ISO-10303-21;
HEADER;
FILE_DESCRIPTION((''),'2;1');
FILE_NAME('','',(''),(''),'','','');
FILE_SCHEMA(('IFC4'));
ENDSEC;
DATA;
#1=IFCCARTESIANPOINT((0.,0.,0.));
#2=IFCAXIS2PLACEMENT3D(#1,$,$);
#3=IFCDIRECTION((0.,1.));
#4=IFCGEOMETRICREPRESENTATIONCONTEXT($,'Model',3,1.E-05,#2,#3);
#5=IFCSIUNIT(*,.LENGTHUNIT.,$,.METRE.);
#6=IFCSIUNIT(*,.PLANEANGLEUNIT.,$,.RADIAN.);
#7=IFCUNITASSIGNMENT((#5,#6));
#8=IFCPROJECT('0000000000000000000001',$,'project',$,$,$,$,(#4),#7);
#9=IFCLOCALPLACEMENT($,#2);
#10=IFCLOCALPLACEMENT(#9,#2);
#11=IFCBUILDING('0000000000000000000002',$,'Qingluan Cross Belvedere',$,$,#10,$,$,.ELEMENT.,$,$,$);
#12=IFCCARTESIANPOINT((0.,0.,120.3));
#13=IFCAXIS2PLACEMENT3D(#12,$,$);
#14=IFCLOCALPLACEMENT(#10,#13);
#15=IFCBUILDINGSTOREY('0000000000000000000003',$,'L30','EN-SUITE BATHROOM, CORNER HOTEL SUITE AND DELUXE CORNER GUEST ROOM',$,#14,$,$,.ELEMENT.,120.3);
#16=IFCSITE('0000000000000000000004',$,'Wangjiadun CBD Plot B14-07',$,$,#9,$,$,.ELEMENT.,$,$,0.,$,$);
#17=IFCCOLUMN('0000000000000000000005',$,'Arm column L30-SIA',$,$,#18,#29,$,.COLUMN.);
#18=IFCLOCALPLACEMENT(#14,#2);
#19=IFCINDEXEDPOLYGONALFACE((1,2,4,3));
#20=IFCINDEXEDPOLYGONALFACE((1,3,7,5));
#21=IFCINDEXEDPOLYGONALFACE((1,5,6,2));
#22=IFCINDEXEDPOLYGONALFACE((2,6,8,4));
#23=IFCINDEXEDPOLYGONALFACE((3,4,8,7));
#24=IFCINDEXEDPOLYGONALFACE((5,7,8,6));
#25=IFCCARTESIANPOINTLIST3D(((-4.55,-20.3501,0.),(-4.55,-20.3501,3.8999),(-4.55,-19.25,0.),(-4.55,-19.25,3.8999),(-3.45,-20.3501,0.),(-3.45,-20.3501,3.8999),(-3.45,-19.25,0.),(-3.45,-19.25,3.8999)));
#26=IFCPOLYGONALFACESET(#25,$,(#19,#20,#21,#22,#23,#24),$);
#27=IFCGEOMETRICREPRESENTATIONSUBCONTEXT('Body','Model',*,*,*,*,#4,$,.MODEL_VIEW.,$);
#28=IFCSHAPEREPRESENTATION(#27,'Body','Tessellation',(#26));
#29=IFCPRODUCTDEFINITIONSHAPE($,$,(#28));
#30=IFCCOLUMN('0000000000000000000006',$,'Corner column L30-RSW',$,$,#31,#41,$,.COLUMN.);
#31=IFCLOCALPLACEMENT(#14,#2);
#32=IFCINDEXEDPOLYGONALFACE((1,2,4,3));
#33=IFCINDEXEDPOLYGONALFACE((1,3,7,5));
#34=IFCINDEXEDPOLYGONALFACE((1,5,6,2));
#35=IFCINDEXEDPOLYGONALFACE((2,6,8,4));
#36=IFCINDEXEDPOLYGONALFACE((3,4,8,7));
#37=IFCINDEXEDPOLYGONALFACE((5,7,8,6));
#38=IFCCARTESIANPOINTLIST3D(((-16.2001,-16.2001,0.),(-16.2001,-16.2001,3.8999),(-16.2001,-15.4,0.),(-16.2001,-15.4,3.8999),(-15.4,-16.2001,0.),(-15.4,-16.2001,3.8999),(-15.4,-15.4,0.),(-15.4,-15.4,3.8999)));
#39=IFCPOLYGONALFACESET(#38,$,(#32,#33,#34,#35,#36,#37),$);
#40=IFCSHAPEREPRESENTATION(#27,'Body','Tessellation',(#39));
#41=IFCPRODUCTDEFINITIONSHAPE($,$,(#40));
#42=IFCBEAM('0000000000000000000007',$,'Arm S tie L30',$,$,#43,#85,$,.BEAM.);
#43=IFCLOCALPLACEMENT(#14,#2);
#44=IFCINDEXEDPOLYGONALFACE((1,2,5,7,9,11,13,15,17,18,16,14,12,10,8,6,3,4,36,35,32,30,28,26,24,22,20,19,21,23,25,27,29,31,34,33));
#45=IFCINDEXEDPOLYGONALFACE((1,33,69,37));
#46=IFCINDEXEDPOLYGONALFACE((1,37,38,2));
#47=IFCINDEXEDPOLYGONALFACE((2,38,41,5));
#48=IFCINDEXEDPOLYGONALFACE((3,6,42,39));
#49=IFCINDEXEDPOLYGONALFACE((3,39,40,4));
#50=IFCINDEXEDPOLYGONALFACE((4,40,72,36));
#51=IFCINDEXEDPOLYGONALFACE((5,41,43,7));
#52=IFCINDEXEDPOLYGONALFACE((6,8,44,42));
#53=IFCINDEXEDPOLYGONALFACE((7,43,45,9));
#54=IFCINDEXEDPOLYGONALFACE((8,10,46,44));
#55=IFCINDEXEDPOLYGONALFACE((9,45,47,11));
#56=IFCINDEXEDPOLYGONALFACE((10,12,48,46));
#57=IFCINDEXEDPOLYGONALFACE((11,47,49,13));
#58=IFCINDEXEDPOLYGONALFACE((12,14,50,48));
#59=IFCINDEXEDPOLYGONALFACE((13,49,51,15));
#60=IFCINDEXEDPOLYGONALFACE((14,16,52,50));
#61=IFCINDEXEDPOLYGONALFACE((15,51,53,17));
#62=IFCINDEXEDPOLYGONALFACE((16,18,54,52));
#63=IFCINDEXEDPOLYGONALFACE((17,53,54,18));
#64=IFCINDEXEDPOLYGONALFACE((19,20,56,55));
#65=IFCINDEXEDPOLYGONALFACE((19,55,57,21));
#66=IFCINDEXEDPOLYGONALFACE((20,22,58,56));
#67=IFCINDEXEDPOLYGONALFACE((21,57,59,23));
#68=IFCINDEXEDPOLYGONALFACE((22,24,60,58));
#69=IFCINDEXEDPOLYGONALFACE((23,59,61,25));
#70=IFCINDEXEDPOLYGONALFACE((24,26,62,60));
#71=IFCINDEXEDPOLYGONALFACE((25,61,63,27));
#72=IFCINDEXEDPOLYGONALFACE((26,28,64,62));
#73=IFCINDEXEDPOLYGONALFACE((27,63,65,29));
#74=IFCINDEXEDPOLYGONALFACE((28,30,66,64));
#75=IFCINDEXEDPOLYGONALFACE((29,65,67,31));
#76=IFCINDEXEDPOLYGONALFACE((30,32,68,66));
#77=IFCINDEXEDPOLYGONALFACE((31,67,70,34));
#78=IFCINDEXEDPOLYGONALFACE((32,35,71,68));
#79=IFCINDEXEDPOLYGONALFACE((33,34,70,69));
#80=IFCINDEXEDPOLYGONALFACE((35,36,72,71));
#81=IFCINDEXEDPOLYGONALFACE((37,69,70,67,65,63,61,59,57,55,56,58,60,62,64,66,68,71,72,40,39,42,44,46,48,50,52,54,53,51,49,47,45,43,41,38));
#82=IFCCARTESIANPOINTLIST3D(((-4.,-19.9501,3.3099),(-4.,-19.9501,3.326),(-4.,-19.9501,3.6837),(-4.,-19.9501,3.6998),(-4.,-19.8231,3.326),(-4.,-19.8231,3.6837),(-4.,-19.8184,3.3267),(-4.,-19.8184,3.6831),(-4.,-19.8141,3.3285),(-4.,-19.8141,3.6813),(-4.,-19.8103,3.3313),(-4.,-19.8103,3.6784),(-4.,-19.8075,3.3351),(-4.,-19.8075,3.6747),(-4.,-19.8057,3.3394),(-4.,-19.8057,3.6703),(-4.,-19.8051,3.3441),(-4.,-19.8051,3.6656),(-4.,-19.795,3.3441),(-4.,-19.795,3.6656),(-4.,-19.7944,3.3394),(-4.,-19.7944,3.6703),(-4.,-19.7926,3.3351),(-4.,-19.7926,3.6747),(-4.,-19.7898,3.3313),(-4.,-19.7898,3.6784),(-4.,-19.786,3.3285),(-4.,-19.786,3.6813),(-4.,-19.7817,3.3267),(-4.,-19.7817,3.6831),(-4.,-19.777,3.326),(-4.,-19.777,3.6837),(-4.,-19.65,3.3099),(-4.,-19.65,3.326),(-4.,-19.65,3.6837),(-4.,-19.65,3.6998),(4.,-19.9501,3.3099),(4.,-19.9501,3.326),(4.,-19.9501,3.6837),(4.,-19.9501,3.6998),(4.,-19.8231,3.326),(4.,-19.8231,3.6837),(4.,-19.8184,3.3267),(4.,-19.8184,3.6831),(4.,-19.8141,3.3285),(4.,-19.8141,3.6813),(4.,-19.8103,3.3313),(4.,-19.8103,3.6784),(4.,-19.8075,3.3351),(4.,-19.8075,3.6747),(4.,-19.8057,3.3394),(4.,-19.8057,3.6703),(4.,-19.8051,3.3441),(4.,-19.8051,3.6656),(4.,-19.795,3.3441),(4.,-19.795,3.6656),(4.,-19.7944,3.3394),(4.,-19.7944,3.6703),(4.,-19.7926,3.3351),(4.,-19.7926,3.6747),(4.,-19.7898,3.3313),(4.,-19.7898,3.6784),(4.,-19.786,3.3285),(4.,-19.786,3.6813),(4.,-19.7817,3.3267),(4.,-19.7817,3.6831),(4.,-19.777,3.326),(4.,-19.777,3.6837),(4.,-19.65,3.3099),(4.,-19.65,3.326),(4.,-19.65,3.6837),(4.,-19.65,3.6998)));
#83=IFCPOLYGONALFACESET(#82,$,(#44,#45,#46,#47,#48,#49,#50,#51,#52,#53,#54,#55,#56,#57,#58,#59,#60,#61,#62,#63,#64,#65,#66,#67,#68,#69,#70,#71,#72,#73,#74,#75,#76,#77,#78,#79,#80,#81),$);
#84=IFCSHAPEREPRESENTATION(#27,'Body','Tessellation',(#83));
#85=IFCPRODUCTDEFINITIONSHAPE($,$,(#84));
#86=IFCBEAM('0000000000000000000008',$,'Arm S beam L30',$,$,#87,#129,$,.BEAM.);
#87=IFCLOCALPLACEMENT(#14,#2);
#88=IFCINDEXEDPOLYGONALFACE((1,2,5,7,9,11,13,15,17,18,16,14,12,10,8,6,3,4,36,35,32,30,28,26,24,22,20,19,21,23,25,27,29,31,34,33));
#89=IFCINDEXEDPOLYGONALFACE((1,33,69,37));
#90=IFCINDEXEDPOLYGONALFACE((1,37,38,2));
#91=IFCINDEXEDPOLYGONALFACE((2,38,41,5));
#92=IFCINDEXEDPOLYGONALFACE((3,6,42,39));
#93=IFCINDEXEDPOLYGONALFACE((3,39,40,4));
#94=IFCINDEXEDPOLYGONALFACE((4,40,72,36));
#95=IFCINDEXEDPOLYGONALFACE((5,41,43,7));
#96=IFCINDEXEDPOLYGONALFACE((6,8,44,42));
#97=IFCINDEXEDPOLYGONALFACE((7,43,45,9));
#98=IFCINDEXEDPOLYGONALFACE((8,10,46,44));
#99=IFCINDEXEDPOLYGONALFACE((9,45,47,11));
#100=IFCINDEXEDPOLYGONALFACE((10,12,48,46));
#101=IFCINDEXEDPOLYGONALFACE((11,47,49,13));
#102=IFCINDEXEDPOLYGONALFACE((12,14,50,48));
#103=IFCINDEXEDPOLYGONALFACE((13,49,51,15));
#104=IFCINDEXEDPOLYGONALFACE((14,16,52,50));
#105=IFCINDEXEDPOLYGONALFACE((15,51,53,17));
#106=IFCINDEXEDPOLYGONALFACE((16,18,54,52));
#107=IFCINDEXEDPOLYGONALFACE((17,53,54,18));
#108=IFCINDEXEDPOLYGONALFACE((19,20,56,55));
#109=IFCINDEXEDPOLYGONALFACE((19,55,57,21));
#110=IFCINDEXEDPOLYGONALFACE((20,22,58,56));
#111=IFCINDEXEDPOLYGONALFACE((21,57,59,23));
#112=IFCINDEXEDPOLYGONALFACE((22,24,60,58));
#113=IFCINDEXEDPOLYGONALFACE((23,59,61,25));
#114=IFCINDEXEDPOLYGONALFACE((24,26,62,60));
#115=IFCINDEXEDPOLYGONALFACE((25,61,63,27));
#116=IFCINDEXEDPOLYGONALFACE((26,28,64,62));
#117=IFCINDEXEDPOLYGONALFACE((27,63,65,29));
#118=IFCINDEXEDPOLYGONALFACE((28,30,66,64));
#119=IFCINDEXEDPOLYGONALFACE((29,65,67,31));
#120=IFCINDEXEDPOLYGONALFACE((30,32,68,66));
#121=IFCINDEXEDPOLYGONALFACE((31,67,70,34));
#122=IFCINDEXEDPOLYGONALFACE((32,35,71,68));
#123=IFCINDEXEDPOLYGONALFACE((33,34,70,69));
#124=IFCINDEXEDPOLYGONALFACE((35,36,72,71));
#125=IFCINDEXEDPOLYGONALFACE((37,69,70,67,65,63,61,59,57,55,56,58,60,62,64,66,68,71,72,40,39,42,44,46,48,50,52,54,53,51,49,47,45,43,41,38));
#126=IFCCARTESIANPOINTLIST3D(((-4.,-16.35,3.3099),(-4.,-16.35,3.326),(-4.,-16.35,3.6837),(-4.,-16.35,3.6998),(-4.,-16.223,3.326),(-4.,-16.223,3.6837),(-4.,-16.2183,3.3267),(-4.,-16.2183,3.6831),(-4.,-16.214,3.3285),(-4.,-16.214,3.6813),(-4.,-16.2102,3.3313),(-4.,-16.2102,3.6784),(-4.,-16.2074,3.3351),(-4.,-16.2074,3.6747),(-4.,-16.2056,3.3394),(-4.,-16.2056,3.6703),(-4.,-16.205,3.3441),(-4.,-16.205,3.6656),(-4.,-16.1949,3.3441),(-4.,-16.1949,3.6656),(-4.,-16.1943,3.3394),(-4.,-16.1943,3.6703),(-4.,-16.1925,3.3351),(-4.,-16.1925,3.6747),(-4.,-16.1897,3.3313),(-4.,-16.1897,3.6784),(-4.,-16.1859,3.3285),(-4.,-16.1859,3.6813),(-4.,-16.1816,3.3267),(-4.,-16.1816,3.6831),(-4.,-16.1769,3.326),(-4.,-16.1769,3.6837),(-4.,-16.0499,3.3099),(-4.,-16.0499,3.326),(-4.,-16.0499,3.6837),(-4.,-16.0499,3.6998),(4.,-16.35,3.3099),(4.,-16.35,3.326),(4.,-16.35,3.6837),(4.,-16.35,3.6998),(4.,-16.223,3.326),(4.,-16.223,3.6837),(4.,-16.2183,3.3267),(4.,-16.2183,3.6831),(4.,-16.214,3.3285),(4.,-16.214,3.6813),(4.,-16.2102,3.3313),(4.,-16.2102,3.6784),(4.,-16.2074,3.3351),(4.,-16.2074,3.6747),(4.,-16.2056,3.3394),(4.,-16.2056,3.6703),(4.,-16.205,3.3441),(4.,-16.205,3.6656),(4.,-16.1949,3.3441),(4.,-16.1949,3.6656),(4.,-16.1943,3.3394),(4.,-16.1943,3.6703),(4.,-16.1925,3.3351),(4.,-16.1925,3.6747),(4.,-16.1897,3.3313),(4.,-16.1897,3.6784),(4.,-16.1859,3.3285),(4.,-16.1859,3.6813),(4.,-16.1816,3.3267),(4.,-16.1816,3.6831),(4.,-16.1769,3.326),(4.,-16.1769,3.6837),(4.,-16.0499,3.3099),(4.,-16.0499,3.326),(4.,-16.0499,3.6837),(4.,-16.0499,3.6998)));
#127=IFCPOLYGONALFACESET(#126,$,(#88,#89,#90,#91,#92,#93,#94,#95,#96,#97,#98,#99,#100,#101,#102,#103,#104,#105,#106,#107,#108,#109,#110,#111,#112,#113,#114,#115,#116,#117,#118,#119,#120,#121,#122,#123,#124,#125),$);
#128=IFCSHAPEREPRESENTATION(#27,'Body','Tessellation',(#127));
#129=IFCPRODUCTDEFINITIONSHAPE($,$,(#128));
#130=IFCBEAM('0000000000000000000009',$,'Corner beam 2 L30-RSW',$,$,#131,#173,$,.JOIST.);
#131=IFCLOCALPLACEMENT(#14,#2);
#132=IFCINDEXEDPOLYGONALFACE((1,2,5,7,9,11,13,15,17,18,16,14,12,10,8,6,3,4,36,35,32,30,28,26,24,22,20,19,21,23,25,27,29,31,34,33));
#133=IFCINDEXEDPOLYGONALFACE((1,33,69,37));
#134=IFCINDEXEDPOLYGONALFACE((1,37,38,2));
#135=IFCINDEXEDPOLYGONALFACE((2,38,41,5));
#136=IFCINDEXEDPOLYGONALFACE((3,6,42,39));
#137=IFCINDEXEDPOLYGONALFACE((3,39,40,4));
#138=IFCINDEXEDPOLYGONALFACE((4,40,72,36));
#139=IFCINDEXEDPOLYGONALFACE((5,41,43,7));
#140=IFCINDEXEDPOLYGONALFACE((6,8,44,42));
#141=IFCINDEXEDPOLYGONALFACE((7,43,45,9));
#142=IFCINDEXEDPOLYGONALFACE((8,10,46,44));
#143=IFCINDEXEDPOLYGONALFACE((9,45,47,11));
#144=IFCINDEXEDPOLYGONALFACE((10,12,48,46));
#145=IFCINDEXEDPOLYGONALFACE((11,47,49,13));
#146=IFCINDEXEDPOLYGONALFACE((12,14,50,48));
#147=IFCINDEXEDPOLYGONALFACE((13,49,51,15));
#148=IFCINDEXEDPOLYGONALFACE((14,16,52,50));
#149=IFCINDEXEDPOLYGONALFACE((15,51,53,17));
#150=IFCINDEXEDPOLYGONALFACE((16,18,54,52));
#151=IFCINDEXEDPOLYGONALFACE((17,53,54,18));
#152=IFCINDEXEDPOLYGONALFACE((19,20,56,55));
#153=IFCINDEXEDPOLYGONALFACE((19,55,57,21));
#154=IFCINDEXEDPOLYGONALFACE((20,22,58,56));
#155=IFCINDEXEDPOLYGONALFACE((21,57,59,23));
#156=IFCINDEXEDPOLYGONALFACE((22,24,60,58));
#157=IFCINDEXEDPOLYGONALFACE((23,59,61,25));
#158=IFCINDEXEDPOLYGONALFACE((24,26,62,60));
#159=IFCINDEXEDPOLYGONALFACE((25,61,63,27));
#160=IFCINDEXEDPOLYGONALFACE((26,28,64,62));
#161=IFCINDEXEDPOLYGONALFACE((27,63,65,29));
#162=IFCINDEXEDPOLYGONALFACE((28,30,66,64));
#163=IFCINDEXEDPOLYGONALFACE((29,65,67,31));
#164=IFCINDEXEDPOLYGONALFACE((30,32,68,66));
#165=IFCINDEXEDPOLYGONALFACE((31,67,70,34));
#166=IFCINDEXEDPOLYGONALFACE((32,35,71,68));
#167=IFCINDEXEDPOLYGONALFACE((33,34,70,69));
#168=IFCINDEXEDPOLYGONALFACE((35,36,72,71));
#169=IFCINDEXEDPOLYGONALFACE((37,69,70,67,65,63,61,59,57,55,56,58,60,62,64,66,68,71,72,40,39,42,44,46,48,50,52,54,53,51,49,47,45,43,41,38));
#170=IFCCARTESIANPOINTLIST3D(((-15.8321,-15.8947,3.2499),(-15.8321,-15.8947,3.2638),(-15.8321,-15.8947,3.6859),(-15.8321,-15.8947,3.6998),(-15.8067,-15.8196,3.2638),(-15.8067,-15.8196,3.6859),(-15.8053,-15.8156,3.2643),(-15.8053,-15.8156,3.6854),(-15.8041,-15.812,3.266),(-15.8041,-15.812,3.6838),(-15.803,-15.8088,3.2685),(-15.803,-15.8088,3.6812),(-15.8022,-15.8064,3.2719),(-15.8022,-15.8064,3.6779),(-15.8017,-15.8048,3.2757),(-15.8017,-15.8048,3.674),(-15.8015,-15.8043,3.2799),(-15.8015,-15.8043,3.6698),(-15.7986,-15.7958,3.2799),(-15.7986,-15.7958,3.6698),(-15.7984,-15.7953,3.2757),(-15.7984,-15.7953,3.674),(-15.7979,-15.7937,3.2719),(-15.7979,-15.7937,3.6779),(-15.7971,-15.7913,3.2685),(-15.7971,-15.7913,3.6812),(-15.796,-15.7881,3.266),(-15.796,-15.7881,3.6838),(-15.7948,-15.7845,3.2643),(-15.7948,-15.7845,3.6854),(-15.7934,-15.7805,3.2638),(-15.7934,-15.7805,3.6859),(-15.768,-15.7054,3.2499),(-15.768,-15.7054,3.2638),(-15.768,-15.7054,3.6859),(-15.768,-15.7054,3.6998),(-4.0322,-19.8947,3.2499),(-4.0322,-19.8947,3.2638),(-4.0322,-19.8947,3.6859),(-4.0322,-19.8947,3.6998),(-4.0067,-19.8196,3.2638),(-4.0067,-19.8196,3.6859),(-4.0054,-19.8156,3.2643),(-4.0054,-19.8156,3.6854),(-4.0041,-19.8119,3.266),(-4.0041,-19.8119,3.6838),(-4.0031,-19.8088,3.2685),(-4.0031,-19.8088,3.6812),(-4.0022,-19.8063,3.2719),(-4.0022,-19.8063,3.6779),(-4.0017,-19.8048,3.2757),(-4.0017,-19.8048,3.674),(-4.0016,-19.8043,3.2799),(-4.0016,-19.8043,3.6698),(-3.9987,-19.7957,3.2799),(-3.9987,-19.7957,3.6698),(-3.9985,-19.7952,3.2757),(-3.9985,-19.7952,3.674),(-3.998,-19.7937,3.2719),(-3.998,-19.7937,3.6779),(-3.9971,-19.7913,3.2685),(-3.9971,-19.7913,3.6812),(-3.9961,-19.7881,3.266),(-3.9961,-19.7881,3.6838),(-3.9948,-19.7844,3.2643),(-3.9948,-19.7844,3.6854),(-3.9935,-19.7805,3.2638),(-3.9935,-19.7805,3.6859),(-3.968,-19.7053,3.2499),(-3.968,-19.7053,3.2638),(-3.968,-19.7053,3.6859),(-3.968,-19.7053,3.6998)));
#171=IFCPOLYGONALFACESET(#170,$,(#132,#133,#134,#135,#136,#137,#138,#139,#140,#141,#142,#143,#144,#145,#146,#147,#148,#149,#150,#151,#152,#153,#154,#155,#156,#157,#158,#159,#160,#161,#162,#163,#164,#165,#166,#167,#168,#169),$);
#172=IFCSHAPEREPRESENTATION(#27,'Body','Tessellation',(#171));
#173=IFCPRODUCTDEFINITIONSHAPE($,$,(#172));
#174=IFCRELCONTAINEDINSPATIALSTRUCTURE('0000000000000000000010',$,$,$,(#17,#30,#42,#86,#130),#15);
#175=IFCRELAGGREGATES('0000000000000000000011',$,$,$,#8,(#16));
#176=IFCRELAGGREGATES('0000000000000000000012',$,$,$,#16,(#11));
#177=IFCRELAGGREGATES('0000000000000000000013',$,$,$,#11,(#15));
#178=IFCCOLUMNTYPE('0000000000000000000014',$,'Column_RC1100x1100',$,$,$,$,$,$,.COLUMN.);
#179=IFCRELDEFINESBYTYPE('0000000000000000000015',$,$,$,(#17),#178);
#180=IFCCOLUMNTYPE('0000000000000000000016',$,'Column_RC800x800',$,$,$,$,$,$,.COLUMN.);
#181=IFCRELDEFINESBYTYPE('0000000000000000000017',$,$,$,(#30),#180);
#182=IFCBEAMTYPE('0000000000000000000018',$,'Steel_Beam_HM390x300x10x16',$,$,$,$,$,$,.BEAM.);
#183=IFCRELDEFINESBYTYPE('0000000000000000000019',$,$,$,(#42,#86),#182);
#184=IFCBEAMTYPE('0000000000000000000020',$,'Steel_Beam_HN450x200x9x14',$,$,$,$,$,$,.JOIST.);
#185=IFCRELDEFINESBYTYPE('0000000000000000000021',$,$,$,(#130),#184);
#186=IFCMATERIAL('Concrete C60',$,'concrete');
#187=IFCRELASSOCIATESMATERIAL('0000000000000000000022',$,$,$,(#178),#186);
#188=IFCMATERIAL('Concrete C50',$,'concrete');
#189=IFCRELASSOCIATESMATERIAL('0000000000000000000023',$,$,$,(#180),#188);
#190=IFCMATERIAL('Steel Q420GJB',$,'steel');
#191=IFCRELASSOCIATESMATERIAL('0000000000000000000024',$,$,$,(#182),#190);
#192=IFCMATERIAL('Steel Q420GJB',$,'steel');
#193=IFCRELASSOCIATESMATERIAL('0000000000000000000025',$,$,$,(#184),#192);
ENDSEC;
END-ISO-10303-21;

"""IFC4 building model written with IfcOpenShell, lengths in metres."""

from ifc_helpers import new_model, si_unit, direction, frame, origin, origin_2d, place, context, subcontext, project, spatial, rectangle, i_section, extrude, material, material_profile, profile_set, type_object, element, save


model = new_model("IFC4")

# Units and contexts
model_context = context("Model", 3, precision=1e-05, world=origin(), true_north=direction((0.0, 1.0)))
body_context = subcontext(model_context, "Body", "Model", "MODEL_VIEW")
ifc_project = project(units=[si_unit("LENGTHUNIT", "METRE"), si_unit("PLANEANGLEUNIT", "RADIAN")], contexts=[model_context])

# Site, building, storey
site_placement = place(None, origin())
site = spatial("IfcSite", under=ifc_project, at=site_placement, Name="Wangjiadun CBD Plot B14-07", CompositionType="ELEMENT", RefElevation=0.0)
building_placement = place(site_placement, origin())
building = spatial("IfcBuilding", under=site, at=building_placement, Name="Qingluan Cross Belvedere", CompositionType="ELEMENT")
storey_placement = place(building_placement, frame((0.0, 0.0, 120.3)))
storey = spatial("IfcBuildingStorey", under=building, at=storey_placement, Name="L30", Description="EN-SUITE BATHROOM, CORNER HOTEL SUITE AND DELUXE CORNER GUEST ROOM", CompositionType="ELEMENT", Elevation=120.3)

# Columns
ifc_material_1 = material(Name="Concrete C60", Category="concrete")
ifc_material_profile_1 = material_profile(ifc_material_1, rectangle(XDim=1.1001, YDim=1.1001, at=origin_2d()), Name="RC1100x1100")
ifc_profile_set_1 = profile_set([ifc_material_profile_1], Name="Concrete C60")
column_type_1 = type_object("IfcColumnType", Name="Column_RC1100x1100", PredefinedType="COLUMN", material=ifc_profile_set_1)
column_1_placement = place(storey_placement, frame((-4.0, -19.8, 0.0), z_axis=(0.0, 0.0, 1.0), x_axis=(1.0, 0.0, 0.0)))
element("IfcColumn", 1, at=column_1_placement, inside=storey, type_object=column_type_1, Name="Arm column L30-SIA", PredefinedType="COLUMN", context=body_context, shape_type="SweptSolid", body=[
    extrude(rectangle(XDim=1.1001, YDim=1.1001, at=origin_2d()), origin(), (0.0, 0.0, 1.0), 3.8999),
])
ifc_material_2 = material(Name="Concrete C50", Category="concrete")
ifc_material_profile_2 = material_profile(ifc_material_2, rectangle(XDim=0.8, YDim=0.8, at=origin_2d()), Name="RC800x800")
ifc_profile_set_2 = profile_set([ifc_material_profile_2], Name="Concrete C50")
column_type_2 = type_object("IfcColumnType", Name="Column_RC800x800", PredefinedType="COLUMN", material=ifc_profile_set_2)
column_2_placement = place(storey_placement, frame((-15.8, -15.8, 0.0), z_axis=(0.0, 0.0, 1.0), x_axis=(1.0, 0.0, 0.0)))
element("IfcColumn", 2, at=column_2_placement, inside=storey, type_object=column_type_2, Name="Corner column L30-RSW", PredefinedType="COLUMN", context=body_context, shape_type="SweptSolid", body=[
    extrude(rectangle(XDim=0.8, YDim=0.8, at=origin_2d()), origin(), (0.0, 0.0, 1.0), 3.8999),
])

# Beams
ifc_material_3 = material(Name="Steel Q420GJB", Category="steel")
ifc_material_profile_3 = material_profile(ifc_material_3, i_section(OverallWidth=0.3, OverallDepth=0.3899, WebThickness=0.01, FlangeThickness=0.0161, FilletRadius=0.0181, at=origin_2d()), Name="HM390x300x10x16")
ifc_profile_set_3 = profile_set([ifc_material_profile_3], Name="Steel Q420GJB")
beam_type_1 = type_object("IfcBeamType", Name="Steel_Beam_HM390x300x10x16", PredefinedType="BEAM", material=ifc_profile_set_3)
for number, where, z_axis, x_axis, name in (
    (3, (-4.0, -19.8, 3.5049), (1.0, 0.0, 0.0), (0.0, 1.0, 0.0), "Arm S tie L30"),
    (4, (-4.0, -16.2, 3.5049), (1.0, 0.0, 0.0), (0.0, 1.0, 0.0), "Arm S beam L30"),
):
    element("IfcBeam", number, at=place(storey_placement, frame(where, z_axis=z_axis, x_axis=x_axis)), inside=storey, type_object=beam_type_1, Name=name, PredefinedType="BEAM", context=body_context, shape_type="SweptSolid", body=[
        extrude(i_section(OverallWidth=0.3, OverallDepth=0.3899, WebThickness=0.01, FlangeThickness=0.0161, FilletRadius=0.0181, at=origin_2d()), origin(), (0.0, 0.0, 1.0), 8.0),
    ])
ifc_material_4 = material(Name="Steel Q420GJB", Category="steel")
ifc_material_profile_4 = material_profile(ifc_material_4, i_section(OverallWidth=0.2, OverallDepth=0.45, WebThickness=0.009, FlangeThickness=0.0139, FilletRadius=0.0161, at=origin_2d()), Name="HN450x200x9x14")
ifc_profile_set_4 = profile_set([ifc_material_profile_4], Name="Steel Q420GJB")
beam_type_2 = type_object("IfcBeamType", Name="Steel_Beam_HN450x200x9x14", PredefinedType="JOIST", material=ifc_profile_set_4)
for number, where, z_axis, x_axis, name in (
    (5, (-15.8, -15.8, 3.4749), (0.947066, -0.321038, 0.0), (0.321038, 0.947066, 0.0), "Corner beam 2 L30-RSW"),
):
    element("IfcBeam", number, at=place(storey_placement, frame(where, z_axis=z_axis, x_axis=x_axis)), inside=storey, type_object=beam_type_2, Name=name, PredefinedType="JOIST", context=body_context, shape_type="SweptSolid", body=[
        extrude(i_section(OverallWidth=0.2, OverallDepth=0.45, WebThickness=0.009, FlangeThickness=0.0139, FilletRadius=0.0161, at=origin_2d()), origin(), (0.0, 0.0, 1.0), 12.4595),
    ])

save(model, "model.ifc")
